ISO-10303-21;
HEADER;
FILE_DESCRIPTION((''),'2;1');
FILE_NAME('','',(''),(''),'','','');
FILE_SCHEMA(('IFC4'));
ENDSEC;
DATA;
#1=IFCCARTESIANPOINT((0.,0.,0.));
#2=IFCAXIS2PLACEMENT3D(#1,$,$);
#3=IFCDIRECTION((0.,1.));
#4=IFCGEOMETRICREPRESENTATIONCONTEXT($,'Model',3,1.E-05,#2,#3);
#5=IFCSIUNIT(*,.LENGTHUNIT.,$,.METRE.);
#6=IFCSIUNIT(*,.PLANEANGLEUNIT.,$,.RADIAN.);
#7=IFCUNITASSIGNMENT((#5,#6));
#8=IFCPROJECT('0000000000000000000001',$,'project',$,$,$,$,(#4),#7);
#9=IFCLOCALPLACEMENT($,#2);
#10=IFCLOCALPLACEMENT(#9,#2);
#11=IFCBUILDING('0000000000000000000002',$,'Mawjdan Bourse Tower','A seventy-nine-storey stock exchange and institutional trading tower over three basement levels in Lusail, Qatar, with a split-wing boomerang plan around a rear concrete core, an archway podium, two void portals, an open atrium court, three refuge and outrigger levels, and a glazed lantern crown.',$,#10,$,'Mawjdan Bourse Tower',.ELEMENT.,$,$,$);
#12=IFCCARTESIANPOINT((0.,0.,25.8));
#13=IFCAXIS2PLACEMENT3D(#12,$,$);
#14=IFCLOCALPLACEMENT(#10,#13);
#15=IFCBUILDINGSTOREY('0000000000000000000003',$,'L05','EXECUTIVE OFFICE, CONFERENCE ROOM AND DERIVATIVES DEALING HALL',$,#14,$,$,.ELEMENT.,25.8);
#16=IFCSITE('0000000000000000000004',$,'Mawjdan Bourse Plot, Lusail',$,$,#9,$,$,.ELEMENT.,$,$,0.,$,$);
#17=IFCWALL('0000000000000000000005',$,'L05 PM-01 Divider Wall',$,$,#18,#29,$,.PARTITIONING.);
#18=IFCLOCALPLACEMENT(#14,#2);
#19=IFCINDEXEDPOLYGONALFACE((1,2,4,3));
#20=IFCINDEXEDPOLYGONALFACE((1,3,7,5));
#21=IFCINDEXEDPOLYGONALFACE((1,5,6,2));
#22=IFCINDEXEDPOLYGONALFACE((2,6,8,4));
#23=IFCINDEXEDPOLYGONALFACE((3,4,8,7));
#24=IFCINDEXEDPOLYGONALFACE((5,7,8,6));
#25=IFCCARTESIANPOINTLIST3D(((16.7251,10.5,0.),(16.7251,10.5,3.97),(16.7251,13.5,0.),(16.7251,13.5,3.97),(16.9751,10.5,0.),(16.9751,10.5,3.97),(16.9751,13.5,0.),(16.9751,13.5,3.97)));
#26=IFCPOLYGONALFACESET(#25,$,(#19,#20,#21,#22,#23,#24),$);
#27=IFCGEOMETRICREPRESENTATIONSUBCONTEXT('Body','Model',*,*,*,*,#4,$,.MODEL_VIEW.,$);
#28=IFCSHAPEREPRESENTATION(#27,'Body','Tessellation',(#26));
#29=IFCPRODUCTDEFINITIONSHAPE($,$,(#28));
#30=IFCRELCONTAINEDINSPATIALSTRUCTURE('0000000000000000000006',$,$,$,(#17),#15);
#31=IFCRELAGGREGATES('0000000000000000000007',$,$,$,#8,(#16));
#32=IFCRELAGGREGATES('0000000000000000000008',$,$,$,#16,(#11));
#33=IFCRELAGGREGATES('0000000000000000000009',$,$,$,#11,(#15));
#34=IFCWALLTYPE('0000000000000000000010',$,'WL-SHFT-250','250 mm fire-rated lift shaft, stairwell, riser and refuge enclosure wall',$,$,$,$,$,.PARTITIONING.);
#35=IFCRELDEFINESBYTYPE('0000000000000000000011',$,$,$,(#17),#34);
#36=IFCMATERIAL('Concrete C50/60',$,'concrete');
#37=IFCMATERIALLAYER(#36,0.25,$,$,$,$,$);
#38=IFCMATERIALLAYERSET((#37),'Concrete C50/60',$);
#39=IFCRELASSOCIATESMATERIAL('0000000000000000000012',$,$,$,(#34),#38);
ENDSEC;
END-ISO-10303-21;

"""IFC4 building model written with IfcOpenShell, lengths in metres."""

from ifc_helpers import new_model, si_unit, direction, frame, frame_2d, origin, place, context, subcontext, project, spatial, rectangle, extrude, material, layer, layer_set, type_object, element, save


model = new_model("IFC4")

# Units and contexts
model_context = context("Model", 3, precision=1e-05, world=origin(), true_north=direction((0.0, 1.0)))
body_context = subcontext(model_context, "Body", "Model", "MODEL_VIEW")
ifc_project = project(units=[si_unit("LENGTHUNIT", "METRE"), si_unit("PLANEANGLEUNIT", "RADIAN")], contexts=[model_context])

# Site, building, storey
site_placement = place(None, origin())
site = spatial("IfcSite", under=ifc_project, at=site_placement, Name="Mawjdan Bourse Plot, Lusail", CompositionType="ELEMENT", RefElevation=0.0)
building_placement = place(site_placement, origin())
building = spatial("IfcBuilding", under=site, at=building_placement, Name="Mawjdan Bourse Tower", Description="A seventy-nine-storey stock exchange and institutional trading tower over three basement levels in Lusail, Qatar, with a split-wing boomerang plan around a rear concrete core, an archway podium, two void portals, an open atrium court, three refuge and outrigger levels, and a glazed lantern crown.", LongName="Mawjdan Bourse Tower", CompositionType="ELEMENT")
storey_placement = place(building_placement, frame((0.0, 0.0, 25.8)))
storey = spatial("IfcBuildingStorey", under=building, at=storey_placement, Name="L05", Description="EXECUTIVE OFFICE, CONFERENCE ROOM AND DERIVATIVES DEALING HALL", CompositionType="ELEMENT", Elevation=25.8)

# Shared definitions
ifc_material_1 = material(Name="Concrete C50/60", Category="concrete")
ifc_layer_1 = layer(ifc_material_1, 0.25)
ifc_layer_set_1 = layer_set([ifc_layer_1], Name="Concrete C50/60")
wall_type_1 = type_object("IfcWallType", Name="WL-SHFT-250", Description="250 mm fire-rated lift shaft, stairwell, riser and refuge enclosure wall", PredefinedType="PARTITIONING", material=ifc_layer_set_1)

# Wall
wall_1_placement = place(storey_placement, frame((16.8501, 10.5, 0.0), z_axis=(0.0, 0.0, 1.0), x_axis=(0.0, 1.0, 0.0)))
element("IfcWall", 1, at=wall_1_placement, inside=storey, type_object=wall_type_1, Name="L05 PM-01 Divider Wall", PredefinedType="PARTITIONING", context=body_context, shape_type="SweptSolid", body=[
    extrude(rectangle(XDim=3.0, YDim=0.25, at=frame_2d((1.5, 0.0))), origin(), (0.0, 0.0, 1.0), 3.97),
])

save(model, "model.ifc")
